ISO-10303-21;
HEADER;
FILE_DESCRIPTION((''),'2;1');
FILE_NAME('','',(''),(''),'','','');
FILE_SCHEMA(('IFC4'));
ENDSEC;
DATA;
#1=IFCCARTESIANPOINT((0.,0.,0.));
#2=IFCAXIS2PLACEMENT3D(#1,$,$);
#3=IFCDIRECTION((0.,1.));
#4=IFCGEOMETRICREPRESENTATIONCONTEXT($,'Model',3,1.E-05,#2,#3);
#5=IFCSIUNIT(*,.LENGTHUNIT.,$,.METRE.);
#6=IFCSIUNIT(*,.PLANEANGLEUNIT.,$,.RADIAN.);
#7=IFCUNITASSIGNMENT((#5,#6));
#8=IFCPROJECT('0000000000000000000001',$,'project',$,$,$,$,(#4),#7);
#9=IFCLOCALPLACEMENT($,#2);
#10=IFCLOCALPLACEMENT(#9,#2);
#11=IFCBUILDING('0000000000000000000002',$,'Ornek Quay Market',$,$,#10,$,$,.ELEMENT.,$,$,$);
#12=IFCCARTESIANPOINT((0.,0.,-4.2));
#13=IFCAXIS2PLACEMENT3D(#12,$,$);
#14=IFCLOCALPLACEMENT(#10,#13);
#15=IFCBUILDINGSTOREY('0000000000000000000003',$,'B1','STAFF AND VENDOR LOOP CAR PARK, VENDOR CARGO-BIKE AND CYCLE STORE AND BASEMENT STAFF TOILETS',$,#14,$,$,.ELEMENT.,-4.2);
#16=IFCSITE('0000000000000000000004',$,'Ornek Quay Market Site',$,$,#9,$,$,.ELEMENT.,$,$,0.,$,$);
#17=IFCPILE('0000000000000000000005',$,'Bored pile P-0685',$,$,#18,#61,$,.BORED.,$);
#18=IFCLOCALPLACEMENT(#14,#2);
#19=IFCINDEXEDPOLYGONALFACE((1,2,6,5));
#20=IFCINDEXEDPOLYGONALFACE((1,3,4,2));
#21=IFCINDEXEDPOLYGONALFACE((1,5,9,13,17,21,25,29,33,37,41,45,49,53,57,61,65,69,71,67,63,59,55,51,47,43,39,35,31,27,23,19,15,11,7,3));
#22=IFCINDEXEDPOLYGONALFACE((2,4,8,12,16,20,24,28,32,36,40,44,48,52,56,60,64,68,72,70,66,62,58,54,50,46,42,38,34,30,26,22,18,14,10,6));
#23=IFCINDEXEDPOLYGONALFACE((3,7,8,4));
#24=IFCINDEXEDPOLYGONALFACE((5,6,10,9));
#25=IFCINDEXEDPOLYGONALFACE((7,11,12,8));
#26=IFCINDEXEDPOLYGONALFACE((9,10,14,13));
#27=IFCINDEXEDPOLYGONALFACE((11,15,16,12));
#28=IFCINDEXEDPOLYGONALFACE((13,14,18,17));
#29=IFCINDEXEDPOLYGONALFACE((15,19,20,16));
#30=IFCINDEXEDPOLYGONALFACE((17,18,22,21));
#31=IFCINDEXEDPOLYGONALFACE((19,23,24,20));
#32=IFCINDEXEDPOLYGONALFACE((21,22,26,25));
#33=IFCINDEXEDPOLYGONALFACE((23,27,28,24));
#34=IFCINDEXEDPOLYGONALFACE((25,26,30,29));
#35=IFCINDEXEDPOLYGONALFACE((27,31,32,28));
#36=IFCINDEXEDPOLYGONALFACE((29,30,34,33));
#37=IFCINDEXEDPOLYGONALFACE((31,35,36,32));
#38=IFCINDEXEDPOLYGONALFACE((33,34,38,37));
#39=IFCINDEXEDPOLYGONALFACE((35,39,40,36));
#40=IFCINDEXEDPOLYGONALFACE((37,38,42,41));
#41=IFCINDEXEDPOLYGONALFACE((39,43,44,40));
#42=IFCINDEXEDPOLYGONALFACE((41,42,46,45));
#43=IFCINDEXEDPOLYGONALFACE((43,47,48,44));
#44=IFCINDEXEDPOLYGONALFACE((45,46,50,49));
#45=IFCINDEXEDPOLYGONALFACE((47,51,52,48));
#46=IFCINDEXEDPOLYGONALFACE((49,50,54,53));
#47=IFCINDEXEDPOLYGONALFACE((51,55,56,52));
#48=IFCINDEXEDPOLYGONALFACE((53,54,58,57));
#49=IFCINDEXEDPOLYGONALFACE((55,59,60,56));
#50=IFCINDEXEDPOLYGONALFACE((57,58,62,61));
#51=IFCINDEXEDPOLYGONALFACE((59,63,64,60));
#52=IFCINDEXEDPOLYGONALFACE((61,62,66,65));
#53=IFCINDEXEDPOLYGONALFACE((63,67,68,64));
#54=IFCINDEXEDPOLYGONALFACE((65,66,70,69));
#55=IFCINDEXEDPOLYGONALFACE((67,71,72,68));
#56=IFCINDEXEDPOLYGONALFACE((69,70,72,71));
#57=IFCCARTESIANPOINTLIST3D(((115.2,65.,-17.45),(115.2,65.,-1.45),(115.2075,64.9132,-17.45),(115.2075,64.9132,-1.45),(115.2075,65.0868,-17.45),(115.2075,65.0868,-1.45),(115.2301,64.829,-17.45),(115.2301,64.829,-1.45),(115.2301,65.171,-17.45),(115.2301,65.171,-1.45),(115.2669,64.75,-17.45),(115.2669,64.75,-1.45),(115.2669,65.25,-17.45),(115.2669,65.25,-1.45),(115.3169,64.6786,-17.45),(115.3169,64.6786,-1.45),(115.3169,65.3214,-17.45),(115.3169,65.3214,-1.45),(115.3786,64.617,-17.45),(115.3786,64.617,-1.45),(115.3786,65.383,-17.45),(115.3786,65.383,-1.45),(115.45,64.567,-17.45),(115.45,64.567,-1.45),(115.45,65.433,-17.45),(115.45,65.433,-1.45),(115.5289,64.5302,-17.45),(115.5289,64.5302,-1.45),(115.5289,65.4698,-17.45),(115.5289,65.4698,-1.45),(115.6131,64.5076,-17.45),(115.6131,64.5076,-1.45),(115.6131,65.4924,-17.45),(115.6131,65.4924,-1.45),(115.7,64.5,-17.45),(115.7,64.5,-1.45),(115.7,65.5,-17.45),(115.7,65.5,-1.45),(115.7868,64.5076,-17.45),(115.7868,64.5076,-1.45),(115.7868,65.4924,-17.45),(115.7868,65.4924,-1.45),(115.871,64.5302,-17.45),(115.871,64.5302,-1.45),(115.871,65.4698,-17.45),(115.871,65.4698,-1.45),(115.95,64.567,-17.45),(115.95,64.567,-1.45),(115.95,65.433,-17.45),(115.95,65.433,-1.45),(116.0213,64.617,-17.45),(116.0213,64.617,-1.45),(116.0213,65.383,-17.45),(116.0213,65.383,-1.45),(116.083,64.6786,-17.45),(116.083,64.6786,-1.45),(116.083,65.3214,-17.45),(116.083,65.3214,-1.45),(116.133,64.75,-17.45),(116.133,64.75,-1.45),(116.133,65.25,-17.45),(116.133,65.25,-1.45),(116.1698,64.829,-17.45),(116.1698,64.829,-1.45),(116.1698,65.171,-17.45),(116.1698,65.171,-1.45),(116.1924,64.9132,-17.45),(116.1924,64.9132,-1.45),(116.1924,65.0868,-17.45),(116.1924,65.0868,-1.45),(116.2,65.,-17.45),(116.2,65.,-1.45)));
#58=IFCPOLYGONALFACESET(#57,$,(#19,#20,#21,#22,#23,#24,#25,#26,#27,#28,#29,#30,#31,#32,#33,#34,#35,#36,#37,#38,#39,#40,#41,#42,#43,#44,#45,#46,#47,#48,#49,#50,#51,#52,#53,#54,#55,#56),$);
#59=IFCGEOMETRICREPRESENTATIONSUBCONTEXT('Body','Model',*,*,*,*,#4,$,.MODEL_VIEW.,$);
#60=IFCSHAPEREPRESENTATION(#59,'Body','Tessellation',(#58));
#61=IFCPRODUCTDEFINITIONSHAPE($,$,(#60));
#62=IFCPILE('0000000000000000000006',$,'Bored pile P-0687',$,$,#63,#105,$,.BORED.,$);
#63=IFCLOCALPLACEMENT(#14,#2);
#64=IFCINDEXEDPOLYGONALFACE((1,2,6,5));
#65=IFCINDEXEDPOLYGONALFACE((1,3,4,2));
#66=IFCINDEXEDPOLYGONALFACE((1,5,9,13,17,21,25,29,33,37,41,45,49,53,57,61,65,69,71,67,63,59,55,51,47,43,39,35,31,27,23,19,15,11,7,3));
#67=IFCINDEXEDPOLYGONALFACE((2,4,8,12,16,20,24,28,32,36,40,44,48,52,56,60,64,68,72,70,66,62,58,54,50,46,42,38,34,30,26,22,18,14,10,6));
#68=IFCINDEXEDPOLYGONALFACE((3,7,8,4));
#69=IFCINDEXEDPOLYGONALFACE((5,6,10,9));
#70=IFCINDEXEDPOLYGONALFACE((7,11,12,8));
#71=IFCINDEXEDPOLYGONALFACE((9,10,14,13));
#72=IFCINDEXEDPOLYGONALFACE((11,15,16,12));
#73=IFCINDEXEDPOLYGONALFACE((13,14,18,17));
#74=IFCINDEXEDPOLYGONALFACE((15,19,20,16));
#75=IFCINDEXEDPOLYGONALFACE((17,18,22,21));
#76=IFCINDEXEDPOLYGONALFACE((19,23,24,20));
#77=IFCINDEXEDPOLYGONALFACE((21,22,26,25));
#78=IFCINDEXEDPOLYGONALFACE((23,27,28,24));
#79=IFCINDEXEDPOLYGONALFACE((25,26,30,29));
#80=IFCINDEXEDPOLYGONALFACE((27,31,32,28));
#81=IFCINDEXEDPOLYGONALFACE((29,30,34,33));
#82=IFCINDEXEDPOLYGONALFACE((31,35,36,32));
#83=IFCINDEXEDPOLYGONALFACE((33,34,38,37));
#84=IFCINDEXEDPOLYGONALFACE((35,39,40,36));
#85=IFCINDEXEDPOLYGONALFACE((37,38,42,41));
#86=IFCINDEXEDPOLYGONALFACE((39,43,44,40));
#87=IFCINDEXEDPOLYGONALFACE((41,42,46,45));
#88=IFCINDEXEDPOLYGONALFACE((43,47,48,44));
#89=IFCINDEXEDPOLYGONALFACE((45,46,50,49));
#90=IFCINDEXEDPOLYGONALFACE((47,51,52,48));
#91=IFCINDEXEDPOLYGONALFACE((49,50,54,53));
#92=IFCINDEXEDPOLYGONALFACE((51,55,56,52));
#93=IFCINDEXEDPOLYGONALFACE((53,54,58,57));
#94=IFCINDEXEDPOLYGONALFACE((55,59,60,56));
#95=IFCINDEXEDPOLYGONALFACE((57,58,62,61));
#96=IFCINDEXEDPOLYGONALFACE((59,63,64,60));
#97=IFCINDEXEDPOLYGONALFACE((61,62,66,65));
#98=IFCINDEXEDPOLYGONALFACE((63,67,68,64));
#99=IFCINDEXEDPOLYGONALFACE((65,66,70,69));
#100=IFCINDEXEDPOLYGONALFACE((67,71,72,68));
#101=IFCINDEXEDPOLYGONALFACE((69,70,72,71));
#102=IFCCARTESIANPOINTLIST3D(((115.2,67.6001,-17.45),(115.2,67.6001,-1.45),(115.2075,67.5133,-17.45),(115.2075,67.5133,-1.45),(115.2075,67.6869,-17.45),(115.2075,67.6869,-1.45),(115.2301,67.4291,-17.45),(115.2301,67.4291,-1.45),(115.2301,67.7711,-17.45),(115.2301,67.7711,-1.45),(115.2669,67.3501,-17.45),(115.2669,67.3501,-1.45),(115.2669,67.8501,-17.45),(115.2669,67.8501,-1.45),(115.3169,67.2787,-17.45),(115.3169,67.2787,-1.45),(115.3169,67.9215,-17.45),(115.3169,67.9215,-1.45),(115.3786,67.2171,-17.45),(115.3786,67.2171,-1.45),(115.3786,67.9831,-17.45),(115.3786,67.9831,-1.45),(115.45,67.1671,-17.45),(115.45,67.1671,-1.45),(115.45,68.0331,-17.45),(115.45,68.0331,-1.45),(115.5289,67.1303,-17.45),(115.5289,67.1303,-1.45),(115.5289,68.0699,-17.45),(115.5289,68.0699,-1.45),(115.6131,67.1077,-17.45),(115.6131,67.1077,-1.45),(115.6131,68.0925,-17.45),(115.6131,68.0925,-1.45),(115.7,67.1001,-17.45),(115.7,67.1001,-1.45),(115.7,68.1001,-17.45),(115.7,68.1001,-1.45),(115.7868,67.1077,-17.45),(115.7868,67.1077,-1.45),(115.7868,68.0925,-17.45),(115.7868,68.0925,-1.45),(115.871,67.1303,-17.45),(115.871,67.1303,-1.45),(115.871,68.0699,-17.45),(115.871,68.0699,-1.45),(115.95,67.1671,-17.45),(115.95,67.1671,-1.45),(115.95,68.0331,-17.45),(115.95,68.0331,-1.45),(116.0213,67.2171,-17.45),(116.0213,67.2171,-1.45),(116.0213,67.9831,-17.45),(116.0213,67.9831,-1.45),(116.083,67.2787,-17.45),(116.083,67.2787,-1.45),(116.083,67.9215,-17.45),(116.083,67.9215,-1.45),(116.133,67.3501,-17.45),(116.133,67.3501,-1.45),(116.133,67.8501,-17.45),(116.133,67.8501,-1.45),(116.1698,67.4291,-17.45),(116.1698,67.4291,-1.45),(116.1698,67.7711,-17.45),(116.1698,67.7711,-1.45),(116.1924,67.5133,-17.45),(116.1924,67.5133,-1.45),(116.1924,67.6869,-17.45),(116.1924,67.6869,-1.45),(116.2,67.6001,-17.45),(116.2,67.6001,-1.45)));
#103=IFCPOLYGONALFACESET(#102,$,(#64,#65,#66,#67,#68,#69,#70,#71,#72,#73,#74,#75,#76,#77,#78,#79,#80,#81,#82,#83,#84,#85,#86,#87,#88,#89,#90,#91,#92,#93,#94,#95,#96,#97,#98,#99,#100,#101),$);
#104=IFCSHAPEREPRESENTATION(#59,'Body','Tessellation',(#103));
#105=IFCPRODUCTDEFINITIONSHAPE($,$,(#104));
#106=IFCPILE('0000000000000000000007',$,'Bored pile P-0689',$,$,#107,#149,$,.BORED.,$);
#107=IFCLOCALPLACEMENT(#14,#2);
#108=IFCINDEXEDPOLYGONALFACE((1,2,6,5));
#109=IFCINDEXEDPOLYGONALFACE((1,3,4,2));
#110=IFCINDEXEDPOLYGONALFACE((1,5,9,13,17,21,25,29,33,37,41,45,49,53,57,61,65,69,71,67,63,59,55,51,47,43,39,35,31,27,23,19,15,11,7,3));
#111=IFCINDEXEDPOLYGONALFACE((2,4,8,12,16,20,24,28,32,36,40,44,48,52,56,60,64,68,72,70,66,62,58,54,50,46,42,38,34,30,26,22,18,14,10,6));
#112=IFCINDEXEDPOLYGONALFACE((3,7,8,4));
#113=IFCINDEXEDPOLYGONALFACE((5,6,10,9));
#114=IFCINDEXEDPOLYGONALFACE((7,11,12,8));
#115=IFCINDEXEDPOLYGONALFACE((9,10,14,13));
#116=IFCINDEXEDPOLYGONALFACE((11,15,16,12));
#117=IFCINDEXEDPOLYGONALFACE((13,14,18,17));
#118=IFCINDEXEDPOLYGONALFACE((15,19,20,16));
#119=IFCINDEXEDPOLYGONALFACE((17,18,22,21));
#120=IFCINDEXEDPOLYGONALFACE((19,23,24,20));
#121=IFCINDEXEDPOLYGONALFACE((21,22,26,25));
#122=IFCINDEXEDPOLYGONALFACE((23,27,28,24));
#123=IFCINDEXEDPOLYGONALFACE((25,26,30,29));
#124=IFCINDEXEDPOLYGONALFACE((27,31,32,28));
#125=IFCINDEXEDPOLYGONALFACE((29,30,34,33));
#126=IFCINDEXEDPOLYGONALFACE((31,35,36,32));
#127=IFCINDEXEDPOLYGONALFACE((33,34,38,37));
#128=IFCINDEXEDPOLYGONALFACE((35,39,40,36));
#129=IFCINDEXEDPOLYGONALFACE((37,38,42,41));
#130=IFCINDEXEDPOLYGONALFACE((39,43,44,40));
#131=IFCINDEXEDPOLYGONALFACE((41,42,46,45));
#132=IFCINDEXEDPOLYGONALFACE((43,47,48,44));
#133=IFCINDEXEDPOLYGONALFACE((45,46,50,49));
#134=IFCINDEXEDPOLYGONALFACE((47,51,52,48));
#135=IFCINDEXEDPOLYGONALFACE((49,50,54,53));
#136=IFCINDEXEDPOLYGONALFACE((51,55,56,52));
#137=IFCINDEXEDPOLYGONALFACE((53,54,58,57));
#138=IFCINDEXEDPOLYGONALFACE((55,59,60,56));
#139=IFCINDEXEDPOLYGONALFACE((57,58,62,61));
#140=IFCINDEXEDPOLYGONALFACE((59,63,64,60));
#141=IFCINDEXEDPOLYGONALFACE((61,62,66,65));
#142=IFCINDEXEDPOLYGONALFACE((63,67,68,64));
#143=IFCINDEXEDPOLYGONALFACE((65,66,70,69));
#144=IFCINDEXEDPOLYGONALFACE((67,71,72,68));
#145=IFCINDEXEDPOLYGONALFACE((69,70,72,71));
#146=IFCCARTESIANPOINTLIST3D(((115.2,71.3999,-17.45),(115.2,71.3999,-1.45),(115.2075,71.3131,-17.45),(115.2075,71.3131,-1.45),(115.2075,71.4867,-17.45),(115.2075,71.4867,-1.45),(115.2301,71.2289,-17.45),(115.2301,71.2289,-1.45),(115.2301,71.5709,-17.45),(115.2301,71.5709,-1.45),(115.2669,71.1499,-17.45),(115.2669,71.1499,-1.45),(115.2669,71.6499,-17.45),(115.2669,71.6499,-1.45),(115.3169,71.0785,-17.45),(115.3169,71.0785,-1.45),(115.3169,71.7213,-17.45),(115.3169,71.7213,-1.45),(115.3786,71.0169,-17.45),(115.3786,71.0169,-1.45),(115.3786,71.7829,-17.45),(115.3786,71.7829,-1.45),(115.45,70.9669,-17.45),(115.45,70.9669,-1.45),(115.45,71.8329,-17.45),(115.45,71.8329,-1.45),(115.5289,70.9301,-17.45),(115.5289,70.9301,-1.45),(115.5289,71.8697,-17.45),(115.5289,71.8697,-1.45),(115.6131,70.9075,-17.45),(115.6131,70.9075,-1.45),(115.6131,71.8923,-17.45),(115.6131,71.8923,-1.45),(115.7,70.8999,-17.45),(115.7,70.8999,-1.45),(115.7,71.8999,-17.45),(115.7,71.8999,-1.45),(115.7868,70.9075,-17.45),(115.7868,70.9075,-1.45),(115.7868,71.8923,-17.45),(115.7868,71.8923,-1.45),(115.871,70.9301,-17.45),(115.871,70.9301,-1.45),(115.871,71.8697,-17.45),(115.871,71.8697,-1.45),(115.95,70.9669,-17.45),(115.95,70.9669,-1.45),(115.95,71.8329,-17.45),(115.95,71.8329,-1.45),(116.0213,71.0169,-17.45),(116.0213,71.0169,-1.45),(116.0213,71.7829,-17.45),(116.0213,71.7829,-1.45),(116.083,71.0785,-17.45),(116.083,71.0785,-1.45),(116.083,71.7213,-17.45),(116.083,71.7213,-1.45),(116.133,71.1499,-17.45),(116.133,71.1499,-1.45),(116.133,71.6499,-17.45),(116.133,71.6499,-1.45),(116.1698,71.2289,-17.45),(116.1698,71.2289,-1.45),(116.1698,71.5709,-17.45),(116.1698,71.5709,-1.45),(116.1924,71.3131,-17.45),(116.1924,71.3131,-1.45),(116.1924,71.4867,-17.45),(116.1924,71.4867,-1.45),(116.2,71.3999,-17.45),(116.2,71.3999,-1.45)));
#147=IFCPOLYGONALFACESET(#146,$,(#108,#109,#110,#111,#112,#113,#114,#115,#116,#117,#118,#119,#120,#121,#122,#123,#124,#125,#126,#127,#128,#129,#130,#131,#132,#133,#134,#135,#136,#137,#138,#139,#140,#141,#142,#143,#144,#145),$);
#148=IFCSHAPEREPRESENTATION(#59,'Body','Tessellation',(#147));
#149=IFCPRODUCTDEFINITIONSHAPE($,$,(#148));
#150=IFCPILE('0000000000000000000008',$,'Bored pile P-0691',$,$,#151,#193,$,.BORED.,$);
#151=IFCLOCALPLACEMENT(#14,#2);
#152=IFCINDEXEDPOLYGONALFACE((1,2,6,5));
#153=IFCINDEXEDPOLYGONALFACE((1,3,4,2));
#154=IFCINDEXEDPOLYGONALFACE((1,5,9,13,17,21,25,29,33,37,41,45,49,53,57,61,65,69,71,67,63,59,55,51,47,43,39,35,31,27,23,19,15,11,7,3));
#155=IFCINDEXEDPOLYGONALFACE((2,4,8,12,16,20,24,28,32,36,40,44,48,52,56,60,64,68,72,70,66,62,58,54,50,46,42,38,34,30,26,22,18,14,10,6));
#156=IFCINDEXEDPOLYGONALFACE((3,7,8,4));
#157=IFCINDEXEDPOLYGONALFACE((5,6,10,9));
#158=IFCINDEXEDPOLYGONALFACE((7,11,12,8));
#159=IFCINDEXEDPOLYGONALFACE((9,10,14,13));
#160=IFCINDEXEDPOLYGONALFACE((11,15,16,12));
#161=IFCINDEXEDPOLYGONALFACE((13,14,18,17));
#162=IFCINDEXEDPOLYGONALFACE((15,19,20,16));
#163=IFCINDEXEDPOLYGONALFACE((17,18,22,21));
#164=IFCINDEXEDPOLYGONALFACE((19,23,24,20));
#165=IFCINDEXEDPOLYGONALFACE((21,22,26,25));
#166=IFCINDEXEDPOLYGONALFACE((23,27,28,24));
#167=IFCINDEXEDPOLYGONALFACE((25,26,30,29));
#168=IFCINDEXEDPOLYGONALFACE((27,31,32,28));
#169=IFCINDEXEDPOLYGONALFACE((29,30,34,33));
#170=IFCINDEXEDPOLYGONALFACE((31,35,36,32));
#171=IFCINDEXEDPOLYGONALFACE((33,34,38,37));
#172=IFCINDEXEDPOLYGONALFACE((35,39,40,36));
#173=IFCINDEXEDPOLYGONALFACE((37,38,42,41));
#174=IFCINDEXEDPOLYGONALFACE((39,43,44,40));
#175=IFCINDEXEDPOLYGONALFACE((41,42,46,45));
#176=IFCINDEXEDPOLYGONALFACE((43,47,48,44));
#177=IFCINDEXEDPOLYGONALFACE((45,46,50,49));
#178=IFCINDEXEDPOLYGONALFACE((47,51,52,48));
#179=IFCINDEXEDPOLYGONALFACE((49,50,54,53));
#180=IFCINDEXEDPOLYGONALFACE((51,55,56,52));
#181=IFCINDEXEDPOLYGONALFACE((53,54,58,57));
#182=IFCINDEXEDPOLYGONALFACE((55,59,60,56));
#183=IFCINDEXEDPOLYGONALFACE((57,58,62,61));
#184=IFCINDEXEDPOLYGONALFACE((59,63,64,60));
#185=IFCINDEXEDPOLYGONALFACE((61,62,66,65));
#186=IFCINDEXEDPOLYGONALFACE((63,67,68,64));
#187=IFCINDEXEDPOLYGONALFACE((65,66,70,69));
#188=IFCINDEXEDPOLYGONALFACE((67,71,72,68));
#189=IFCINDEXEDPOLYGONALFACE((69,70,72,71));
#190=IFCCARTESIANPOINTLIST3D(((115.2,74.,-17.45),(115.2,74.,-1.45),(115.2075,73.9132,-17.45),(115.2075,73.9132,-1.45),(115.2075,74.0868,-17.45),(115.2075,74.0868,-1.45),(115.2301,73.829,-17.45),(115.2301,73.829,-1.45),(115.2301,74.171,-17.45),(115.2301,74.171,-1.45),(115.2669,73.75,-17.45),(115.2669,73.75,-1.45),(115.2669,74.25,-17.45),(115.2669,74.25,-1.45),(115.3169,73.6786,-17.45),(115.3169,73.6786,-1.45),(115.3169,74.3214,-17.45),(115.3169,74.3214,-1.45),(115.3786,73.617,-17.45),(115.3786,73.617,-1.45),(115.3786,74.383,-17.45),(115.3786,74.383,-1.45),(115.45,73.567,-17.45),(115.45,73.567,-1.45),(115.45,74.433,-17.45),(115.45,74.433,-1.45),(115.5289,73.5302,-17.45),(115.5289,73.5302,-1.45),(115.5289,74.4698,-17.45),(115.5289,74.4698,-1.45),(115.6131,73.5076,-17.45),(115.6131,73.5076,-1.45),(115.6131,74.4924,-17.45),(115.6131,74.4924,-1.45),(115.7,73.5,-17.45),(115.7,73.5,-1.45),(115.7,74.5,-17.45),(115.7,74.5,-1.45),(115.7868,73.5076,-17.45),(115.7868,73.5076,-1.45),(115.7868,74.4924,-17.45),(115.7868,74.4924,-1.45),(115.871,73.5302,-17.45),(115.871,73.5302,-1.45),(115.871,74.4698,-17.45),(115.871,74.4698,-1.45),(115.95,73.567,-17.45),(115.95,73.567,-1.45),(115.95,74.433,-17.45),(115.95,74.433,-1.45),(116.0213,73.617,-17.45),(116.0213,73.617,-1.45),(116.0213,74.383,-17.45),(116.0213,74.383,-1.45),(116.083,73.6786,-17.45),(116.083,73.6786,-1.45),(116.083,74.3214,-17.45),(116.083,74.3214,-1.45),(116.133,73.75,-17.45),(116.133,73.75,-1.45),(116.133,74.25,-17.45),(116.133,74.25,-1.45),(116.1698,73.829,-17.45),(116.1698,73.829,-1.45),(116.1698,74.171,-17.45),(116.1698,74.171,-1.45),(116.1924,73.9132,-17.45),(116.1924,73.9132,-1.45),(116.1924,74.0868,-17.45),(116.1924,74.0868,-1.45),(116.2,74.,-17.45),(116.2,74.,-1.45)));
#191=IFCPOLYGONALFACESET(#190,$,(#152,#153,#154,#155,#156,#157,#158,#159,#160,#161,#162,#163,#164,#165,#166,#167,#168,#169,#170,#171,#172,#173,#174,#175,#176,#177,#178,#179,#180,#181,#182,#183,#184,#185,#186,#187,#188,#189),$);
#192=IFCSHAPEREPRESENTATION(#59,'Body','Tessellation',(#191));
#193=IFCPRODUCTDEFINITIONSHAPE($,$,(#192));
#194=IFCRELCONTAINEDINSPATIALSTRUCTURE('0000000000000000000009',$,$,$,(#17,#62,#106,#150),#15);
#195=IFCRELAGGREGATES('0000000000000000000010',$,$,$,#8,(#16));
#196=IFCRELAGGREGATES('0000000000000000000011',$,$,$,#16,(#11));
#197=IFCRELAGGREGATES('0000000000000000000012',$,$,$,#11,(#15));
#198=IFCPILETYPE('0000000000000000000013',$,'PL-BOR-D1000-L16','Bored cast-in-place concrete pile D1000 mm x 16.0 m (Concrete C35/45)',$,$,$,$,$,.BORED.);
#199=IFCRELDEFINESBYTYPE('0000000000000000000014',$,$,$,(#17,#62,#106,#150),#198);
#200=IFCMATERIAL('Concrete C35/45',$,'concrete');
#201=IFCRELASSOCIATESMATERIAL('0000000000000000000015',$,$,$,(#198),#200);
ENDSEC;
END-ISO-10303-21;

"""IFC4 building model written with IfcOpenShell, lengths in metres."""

from ifc_helpers import new_model, si_unit, direction, frame, origin, origin_2d, place, context, subcontext, project, spatial, circle, extrude, material, material_profile, profile_set, type_object, element, save


model = new_model("IFC4")

# Units and contexts
model_context = context("Model", 3, precision=1e-05, world=origin(), true_north=direction((0.0, 1.0)))
body_context = subcontext(model_context, "Body", "Model", "MODEL_VIEW")
ifc_project = project(units=[si_unit("LENGTHUNIT", "METRE"), si_unit("PLANEANGLEUNIT", "RADIAN")], contexts=[model_context])

# Site, building, storey
site_placement = place(None, origin())
site = spatial("IfcSite", under=ifc_project, at=site_placement, Name="Ornek Quay Market Site", CompositionType="ELEMENT", RefElevation=0.0)
building_placement = place(site_placement, origin())
building = spatial("IfcBuilding", under=site, at=building_placement, Name="Ornek Quay Market", CompositionType="ELEMENT")
storey_placement = place(building_placement, frame((0.0, 0.0, -4.2)))
storey = spatial("IfcBuildingStorey", under=building, at=storey_placement, Name="B1", Description="STAFF AND VENDOR LOOP CAR PARK, VENDOR CARGO-BIKE AND CYCLE STORE AND BASEMENT STAFF TOILETS", CompositionType="ELEMENT", Elevation=-4.2)

# Piles
ifc_material_1 = material(Name="Concrete C35/45", Category="concrete")
ifc_material_profile_1 = material_profile(ifc_material_1, circle(Radius=0.5, at=origin_2d()), Name="PILE D1000", Category="concrete")
ifc_profile_set_1 = profile_set([ifc_material_profile_1], Name="Concrete C35/45")
pile_type_1 = type_object("IfcPileType", Name="PL-BOR-D1000-L16", Description="Bored cast-in-place concrete pile D1000 mm x 16.0 m (Concrete C35/45)", PredefinedType="BORED", material=ifc_profile_set_1)
for number, where, z_axis, x_axis, name in (
    (1, (115.7, 65.0, -1.45), (0.0, 0.0, -1.0), (1.0, 0.0, 0.0), "Bored pile P-0685"),
    (2, (115.7, 67.6001, -1.45), (0.0, 0.0, -1.0), (1.0, 0.0, 0.0), "Bored pile P-0687"),
    (3, (115.7, 71.3999, -1.45), (0.0, 0.0, -1.0), (1.0, 0.0, 0.0), "Bored pile P-0689"),
    (4, (115.7, 74.0, -1.45), (0.0, 0.0, -1.0), (1.0, 0.0, 0.0), "Bored pile P-0691"),
):
    element("IfcPile", number, at=place(storey_placement, frame(where, z_axis=z_axis, x_axis=x_axis)), inside=storey, type_object=pile_type_1, Name=name, PredefinedType="BORED", context=body_context, shape_type="SweptSolid", body=[
        extrude(circle(Radius=0.5, at=origin_2d()), origin(), (0.0, 0.0, 1.0), 16.0),
    ])

save(model, "model.ifc")
